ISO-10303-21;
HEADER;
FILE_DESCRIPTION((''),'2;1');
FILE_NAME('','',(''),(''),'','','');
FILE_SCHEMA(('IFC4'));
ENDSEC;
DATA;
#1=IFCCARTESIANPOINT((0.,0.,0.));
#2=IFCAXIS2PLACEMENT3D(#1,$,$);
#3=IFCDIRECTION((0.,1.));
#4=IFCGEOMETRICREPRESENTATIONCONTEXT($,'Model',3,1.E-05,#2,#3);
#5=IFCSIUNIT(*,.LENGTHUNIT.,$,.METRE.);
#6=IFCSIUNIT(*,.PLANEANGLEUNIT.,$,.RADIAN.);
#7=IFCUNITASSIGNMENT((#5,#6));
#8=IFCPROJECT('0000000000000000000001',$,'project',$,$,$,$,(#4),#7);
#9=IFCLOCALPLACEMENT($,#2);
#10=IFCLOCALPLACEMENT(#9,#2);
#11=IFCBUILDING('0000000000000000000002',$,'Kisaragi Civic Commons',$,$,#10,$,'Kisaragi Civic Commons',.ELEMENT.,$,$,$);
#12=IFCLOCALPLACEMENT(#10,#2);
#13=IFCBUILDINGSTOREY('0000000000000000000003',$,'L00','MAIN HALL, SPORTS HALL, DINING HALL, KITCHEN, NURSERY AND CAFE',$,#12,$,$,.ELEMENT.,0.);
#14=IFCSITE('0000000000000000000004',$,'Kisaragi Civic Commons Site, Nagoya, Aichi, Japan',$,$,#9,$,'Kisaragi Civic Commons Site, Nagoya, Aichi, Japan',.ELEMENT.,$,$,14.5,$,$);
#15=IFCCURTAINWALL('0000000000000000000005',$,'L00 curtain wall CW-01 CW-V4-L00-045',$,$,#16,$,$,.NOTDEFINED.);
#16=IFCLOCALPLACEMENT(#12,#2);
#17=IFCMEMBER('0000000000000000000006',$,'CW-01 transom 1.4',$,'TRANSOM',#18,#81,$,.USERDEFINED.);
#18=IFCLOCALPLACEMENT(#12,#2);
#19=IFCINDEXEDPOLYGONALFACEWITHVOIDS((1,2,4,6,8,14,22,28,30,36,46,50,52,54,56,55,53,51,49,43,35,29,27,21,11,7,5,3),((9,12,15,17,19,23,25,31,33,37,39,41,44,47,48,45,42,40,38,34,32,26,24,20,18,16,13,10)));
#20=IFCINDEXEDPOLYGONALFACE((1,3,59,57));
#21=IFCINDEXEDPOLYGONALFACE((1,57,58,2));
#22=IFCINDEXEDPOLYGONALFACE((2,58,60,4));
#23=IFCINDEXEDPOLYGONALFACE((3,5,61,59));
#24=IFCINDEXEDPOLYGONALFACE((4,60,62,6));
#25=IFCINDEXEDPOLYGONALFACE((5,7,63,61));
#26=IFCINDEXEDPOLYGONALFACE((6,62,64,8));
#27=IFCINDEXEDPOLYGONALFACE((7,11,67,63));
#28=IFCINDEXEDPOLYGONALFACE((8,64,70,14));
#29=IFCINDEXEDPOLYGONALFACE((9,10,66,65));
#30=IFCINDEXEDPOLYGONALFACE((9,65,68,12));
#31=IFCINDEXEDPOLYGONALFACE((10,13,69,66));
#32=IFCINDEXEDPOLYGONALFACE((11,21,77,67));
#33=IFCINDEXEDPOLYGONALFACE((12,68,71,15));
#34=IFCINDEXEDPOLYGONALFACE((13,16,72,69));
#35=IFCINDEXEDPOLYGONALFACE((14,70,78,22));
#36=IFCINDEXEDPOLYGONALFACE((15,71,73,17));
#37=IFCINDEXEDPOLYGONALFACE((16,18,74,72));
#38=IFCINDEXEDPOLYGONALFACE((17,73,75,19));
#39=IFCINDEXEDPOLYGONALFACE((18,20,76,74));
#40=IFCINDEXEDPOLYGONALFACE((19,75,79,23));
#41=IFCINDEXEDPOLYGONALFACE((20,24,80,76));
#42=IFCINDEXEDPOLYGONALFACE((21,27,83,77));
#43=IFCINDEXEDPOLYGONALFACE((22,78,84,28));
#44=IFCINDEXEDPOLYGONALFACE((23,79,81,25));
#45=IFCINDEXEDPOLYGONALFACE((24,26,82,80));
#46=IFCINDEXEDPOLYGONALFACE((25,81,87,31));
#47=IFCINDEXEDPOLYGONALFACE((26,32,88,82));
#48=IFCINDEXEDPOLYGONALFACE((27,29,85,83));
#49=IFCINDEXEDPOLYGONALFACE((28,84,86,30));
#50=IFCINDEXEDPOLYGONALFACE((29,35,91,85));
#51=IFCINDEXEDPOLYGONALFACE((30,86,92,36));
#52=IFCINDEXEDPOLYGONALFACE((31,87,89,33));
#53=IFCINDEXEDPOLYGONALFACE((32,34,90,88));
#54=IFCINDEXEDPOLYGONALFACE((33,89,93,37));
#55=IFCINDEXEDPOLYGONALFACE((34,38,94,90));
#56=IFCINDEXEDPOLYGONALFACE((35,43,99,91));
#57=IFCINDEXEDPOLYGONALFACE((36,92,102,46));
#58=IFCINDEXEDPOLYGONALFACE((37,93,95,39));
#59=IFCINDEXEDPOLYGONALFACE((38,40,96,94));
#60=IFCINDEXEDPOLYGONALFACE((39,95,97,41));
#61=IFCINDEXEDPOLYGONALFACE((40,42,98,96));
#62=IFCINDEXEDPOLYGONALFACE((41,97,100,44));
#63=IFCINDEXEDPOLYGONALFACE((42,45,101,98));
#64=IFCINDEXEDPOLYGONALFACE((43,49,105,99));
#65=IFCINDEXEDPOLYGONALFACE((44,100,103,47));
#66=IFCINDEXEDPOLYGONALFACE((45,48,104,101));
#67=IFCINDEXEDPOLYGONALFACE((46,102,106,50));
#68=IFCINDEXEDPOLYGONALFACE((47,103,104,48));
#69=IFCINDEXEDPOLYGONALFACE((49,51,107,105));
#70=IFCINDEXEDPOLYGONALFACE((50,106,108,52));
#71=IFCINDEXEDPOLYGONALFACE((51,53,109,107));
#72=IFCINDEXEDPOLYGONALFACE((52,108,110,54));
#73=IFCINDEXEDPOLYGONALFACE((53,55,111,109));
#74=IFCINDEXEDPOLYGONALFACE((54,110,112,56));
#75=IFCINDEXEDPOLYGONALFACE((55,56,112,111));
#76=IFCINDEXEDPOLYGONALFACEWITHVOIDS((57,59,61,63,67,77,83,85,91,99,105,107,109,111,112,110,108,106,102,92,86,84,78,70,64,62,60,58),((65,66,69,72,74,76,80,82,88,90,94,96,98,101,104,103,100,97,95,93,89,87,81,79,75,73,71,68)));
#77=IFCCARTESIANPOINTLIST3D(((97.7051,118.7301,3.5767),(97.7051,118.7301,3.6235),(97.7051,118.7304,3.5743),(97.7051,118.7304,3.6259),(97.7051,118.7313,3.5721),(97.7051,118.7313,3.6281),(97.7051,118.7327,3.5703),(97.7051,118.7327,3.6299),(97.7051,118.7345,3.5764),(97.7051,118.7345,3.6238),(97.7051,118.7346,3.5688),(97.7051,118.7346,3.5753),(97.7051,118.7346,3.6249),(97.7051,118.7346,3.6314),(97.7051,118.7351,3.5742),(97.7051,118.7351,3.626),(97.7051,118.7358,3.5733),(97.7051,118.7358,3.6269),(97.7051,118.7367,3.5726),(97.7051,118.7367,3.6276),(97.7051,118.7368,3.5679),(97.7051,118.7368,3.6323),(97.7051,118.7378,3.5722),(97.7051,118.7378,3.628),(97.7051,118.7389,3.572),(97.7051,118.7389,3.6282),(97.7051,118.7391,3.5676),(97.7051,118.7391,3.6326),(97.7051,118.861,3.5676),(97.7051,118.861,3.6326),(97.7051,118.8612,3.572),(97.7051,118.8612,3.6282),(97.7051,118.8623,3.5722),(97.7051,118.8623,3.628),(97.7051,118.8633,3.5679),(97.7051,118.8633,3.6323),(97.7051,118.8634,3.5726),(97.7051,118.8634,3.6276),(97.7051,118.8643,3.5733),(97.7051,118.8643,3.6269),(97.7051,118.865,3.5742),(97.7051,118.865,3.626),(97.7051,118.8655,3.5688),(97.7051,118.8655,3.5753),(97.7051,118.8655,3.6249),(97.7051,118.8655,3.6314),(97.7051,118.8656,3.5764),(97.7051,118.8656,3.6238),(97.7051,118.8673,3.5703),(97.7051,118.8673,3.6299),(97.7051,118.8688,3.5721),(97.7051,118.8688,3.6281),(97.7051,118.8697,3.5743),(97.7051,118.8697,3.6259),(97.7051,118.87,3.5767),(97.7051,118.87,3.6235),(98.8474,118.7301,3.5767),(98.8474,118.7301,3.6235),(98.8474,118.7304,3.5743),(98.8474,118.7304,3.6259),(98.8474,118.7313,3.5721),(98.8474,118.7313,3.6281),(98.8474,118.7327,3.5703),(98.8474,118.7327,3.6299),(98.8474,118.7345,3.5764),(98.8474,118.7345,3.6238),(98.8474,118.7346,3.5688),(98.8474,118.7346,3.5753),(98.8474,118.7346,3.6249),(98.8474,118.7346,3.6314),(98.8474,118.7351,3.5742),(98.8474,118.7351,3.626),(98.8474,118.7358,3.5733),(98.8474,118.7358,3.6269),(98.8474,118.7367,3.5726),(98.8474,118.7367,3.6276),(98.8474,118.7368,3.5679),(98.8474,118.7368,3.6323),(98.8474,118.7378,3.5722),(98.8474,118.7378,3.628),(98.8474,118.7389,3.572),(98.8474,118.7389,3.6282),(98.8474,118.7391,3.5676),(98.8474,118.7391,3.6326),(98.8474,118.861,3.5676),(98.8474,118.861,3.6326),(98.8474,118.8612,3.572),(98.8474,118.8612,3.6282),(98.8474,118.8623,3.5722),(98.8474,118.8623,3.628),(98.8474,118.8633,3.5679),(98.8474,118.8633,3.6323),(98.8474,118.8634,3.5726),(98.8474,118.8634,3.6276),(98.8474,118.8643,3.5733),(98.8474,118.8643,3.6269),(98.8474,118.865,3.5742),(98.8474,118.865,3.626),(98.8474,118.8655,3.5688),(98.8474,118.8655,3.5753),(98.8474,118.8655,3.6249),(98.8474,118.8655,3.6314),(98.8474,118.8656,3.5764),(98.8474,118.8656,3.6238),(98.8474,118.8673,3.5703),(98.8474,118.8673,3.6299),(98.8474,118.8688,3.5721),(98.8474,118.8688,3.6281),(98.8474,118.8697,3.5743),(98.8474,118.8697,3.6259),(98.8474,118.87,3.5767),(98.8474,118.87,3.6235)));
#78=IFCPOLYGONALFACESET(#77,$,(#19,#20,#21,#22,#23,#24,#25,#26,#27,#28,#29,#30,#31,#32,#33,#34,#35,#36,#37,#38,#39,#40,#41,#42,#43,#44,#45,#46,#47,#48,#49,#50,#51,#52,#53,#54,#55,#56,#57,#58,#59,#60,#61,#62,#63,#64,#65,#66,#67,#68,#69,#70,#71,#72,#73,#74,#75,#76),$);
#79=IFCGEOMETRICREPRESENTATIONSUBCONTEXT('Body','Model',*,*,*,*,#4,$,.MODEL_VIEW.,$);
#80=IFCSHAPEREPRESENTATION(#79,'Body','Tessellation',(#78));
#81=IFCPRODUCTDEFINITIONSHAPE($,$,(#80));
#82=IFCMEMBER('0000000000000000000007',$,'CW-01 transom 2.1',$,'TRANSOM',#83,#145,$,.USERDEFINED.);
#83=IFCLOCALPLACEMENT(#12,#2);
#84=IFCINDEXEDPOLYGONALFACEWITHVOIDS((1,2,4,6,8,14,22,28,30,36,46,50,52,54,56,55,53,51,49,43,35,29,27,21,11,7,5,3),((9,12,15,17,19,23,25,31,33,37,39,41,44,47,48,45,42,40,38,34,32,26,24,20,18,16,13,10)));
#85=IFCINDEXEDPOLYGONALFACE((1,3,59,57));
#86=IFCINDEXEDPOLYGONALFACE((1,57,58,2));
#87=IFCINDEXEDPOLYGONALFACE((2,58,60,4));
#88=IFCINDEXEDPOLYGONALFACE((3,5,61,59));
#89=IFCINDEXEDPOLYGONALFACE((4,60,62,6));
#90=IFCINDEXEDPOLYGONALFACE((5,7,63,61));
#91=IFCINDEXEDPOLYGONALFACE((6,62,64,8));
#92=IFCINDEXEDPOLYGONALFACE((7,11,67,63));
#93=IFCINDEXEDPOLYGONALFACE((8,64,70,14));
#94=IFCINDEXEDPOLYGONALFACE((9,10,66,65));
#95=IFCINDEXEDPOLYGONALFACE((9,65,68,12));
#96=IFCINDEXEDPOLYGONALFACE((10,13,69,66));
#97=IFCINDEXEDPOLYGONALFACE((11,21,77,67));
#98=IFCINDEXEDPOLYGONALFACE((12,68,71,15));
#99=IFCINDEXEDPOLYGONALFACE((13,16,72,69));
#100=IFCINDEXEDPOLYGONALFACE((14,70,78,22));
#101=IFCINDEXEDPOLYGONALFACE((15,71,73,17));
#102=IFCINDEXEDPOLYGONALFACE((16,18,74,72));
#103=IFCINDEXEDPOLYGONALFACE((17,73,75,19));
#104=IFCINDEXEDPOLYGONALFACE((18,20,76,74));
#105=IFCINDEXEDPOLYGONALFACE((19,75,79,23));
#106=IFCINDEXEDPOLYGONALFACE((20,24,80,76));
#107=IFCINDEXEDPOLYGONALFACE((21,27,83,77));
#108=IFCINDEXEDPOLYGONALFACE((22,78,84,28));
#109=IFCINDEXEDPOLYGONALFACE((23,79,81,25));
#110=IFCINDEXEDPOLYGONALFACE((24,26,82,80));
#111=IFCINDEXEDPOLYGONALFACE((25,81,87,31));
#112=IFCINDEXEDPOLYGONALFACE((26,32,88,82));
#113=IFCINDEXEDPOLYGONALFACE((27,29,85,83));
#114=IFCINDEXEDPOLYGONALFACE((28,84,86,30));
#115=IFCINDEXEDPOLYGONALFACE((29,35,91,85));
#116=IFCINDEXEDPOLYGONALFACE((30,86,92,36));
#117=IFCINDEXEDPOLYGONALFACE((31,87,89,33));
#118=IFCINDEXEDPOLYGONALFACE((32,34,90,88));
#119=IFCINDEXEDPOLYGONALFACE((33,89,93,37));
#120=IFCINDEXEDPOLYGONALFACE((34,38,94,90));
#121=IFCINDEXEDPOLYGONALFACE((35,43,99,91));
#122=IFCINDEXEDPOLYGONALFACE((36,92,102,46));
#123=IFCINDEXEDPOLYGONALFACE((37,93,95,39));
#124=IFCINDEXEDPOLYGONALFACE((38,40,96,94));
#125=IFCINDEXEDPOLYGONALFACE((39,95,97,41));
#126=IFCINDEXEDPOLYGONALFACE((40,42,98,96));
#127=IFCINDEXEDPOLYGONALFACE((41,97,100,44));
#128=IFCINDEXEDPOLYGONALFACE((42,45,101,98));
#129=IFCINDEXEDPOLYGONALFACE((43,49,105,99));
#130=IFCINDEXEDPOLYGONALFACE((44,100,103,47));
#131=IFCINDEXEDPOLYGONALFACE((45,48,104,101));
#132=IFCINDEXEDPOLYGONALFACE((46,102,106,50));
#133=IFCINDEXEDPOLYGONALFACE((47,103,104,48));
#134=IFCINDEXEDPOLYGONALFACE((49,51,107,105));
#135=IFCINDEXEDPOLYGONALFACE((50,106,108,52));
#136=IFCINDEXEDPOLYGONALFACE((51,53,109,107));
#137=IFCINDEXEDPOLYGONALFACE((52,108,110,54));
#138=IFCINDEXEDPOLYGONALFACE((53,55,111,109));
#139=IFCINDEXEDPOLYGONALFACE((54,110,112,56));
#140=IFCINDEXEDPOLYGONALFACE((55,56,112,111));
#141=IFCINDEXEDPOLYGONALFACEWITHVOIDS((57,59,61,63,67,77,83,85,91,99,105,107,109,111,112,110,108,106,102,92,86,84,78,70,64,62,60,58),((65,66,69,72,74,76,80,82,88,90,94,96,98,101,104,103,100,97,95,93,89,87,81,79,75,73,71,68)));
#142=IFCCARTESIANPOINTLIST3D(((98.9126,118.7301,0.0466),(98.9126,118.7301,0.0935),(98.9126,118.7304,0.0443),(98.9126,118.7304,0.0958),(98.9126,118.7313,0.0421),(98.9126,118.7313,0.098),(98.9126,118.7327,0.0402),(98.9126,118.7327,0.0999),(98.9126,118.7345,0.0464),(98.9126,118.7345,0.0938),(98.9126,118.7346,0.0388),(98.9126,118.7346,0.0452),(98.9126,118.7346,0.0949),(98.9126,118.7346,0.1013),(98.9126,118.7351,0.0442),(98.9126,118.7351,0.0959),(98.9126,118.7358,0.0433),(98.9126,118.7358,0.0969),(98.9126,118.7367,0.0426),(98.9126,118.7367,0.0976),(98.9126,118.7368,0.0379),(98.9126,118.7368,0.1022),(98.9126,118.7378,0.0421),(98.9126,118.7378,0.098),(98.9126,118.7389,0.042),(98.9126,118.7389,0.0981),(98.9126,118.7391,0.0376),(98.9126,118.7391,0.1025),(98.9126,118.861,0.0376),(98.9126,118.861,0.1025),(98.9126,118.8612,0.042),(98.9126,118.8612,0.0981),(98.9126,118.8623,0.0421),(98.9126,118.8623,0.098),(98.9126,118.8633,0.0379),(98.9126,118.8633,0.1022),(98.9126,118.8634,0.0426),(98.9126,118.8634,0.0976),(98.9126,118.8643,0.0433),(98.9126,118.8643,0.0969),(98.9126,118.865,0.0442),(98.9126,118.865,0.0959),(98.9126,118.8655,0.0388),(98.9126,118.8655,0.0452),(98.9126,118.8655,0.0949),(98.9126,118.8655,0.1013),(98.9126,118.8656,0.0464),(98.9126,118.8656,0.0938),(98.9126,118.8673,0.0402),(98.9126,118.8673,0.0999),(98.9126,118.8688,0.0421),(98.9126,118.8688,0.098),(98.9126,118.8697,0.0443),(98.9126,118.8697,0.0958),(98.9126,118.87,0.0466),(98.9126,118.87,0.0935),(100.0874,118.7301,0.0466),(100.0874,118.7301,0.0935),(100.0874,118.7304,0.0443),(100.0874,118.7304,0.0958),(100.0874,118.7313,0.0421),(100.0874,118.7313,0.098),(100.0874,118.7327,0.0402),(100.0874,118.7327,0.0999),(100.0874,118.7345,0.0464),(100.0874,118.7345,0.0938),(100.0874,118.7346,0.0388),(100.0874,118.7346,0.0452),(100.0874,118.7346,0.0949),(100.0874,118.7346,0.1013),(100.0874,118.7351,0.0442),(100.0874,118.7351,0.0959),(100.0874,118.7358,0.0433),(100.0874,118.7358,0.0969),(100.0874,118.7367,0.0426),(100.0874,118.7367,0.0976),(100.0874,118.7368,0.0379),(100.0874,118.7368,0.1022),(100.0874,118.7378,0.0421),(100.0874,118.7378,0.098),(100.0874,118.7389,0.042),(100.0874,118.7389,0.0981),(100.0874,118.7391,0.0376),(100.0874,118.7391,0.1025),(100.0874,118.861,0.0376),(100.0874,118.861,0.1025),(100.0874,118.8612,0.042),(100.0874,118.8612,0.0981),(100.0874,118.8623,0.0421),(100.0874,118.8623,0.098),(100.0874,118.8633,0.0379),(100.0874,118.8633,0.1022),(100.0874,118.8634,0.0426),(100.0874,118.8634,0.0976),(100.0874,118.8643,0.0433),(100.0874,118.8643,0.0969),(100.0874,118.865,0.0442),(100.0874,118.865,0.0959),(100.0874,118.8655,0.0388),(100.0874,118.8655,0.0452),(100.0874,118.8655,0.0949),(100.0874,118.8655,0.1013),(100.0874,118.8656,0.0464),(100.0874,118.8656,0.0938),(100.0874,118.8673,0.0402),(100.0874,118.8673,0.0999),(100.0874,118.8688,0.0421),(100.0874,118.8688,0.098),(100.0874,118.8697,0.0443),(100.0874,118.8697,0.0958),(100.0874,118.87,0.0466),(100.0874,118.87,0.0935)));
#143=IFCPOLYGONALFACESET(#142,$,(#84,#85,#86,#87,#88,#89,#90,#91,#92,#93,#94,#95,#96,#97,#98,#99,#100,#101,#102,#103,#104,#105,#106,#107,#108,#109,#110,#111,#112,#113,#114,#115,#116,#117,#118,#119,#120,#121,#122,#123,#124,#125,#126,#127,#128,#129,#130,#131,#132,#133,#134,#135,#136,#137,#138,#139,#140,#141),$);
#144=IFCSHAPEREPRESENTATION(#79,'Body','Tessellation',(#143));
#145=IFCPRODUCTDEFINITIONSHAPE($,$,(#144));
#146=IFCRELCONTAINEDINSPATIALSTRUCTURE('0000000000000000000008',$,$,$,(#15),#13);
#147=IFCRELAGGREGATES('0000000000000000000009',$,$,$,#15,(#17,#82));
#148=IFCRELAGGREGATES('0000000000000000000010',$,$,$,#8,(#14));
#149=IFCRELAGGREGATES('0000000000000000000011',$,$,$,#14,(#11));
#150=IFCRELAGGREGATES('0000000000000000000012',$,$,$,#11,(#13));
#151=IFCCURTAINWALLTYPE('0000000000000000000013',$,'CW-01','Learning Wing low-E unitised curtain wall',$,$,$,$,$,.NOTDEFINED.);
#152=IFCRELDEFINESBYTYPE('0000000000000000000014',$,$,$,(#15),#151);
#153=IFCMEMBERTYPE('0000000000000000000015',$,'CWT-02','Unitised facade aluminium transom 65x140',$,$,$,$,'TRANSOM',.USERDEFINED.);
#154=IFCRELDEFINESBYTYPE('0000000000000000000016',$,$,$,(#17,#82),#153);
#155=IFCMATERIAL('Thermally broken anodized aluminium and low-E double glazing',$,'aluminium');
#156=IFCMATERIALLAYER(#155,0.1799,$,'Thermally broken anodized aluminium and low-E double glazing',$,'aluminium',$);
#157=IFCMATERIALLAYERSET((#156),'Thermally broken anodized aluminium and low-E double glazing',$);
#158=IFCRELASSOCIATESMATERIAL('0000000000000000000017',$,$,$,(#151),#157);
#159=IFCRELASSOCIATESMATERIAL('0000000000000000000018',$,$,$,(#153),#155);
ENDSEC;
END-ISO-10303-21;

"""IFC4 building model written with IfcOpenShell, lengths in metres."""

from ifc_helpers import new_model, si_unit, direction, frame, origin, origin_2d, place, context, subcontext, project, spatial, hollow_rectangle, extrude, material, layer, layer_set, material_profile, profile_set, type_object, element, aggregate, save


model = new_model("IFC4")

# Units and contexts
model_context = context("Model", 3, precision=1e-05, world=origin(), true_north=direction((0.0, 1.0)))
body_context = subcontext(model_context, "Body", "Model", "MODEL_VIEW")
ifc_project = project(units=[si_unit("LENGTHUNIT", "METRE"), si_unit("PLANEANGLEUNIT", "RADIAN")], contexts=[model_context])

# Site, building, storey
site_placement = place(None, origin())
site = spatial("IfcSite", under=ifc_project, at=site_placement, Name="Kisaragi Civic Commons Site, Nagoya, Aichi, Japan", LongName="Kisaragi Civic Commons Site, Nagoya, Aichi, Japan", CompositionType="ELEMENT", RefElevation=14.5)
building_placement = place(site_placement, origin())
building = spatial("IfcBuilding", under=site, at=building_placement, Name="Kisaragi Civic Commons", LongName="Kisaragi Civic Commons", CompositionType="ELEMENT")
storey_placement = place(building_placement, origin())
storey = spatial("IfcBuildingStorey", under=building, at=storey_placement, Name="L00", Description="MAIN HALL, SPORTS HALL, DINING HALL, KITCHEN, NURSERY AND CAFE", CompositionType="ELEMENT", Elevation=0.0)

# Curtain wall, members
ifc_material_1 = material(Name="Thermally broken anodized aluminium and low-E double glazing", Category="aluminium")
ifc_layer_1 = layer(ifc_material_1, 0.1799, Name="Thermally broken anodized aluminium and low-E double glazing", Category="aluminium")
ifc_layer_set_1 = layer_set([ifc_layer_1], Name="Thermally broken anodized aluminium and low-E double glazing")
curtain_wall_type = type_object("IfcCurtainWallType", Name="CW-01", Description="Learning Wing low-E unitised curtain wall", PredefinedType="NOTDEFINED", material=ifc_layer_set_1)
curtain_wall_placement = place(storey_placement, origin())
curtain_wall = element("IfcCurtainWall", 1, at=curtain_wall_placement, inside=storey, type_object=curtain_wall_type, Name="L00 curtain wall CW-01 CW-V4-L00-045", PredefinedType="NOTDEFINED")
ifc_material_profile_1 = material_profile(ifc_material_1, hollow_rectangle(XDim=0.1399, YDim=0.0649, WallThickness=0.0044, InnerFilletRadius=0.0044, OuterFilletRadius=0.009, at=origin_2d()), Name="CWT-65x140x4.5", Category="aluminium")
ifc_profile_set_1 = profile_set([ifc_material_profile_1], Name="Thermally broken anodized aluminium and low-E double glazing")
member_type_1 = type_object("IfcMemberType", Name="CWT-02", Description="Unitised facade aluminium transom 65x140", ElementType="TRANSOM", PredefinedType="USERDEFINED", material=ifc_profile_set_1)
member_1_placement = place(storey_placement, frame((97.7051, 118.8, 3.6001), z_axis=(1.0, 0.0, 0.0), x_axis=(0.0, 1.0, 0.0)))
member_1 = element("IfcMember", 2, at=member_1_placement, type_object=member_type_1, Name="CW-01 transom 1.4", ObjectType="TRANSOM", PredefinedType="USERDEFINED", context=body_context, shape_type="SweptSolid", body=[
    extrude(hollow_rectangle(XDim=0.1399, YDim=0.0649, WallThickness=0.0044, InnerFilletRadius=0.0044, OuterFilletRadius=0.009, at=origin_2d()), origin(), (0.0, 0.0, 1.0), 1.1423),
])
member_2_placement = place(storey_placement, frame((98.9126, 118.8, 0.0701), z_axis=(1.0, 0.0, 0.0), x_axis=(0.0, 1.0, 0.0)))
member_2 = element("IfcMember", 3, at=member_2_placement, type_object=member_type_1, Name="CW-01 transom 2.1", ObjectType="TRANSOM", PredefinedType="USERDEFINED", context=body_context, shape_type="SweptSolid", body=[
    extrude(hollow_rectangle(XDim=0.1399, YDim=0.0649, WallThickness=0.0044, InnerFilletRadius=0.0044, OuterFilletRadius=0.009, at=origin_2d()), origin(), (0.0, 0.0, 1.0), 1.1748),
])

aggregate(curtain_wall, [member_1, member_2])

save(model, "model.ifc")
